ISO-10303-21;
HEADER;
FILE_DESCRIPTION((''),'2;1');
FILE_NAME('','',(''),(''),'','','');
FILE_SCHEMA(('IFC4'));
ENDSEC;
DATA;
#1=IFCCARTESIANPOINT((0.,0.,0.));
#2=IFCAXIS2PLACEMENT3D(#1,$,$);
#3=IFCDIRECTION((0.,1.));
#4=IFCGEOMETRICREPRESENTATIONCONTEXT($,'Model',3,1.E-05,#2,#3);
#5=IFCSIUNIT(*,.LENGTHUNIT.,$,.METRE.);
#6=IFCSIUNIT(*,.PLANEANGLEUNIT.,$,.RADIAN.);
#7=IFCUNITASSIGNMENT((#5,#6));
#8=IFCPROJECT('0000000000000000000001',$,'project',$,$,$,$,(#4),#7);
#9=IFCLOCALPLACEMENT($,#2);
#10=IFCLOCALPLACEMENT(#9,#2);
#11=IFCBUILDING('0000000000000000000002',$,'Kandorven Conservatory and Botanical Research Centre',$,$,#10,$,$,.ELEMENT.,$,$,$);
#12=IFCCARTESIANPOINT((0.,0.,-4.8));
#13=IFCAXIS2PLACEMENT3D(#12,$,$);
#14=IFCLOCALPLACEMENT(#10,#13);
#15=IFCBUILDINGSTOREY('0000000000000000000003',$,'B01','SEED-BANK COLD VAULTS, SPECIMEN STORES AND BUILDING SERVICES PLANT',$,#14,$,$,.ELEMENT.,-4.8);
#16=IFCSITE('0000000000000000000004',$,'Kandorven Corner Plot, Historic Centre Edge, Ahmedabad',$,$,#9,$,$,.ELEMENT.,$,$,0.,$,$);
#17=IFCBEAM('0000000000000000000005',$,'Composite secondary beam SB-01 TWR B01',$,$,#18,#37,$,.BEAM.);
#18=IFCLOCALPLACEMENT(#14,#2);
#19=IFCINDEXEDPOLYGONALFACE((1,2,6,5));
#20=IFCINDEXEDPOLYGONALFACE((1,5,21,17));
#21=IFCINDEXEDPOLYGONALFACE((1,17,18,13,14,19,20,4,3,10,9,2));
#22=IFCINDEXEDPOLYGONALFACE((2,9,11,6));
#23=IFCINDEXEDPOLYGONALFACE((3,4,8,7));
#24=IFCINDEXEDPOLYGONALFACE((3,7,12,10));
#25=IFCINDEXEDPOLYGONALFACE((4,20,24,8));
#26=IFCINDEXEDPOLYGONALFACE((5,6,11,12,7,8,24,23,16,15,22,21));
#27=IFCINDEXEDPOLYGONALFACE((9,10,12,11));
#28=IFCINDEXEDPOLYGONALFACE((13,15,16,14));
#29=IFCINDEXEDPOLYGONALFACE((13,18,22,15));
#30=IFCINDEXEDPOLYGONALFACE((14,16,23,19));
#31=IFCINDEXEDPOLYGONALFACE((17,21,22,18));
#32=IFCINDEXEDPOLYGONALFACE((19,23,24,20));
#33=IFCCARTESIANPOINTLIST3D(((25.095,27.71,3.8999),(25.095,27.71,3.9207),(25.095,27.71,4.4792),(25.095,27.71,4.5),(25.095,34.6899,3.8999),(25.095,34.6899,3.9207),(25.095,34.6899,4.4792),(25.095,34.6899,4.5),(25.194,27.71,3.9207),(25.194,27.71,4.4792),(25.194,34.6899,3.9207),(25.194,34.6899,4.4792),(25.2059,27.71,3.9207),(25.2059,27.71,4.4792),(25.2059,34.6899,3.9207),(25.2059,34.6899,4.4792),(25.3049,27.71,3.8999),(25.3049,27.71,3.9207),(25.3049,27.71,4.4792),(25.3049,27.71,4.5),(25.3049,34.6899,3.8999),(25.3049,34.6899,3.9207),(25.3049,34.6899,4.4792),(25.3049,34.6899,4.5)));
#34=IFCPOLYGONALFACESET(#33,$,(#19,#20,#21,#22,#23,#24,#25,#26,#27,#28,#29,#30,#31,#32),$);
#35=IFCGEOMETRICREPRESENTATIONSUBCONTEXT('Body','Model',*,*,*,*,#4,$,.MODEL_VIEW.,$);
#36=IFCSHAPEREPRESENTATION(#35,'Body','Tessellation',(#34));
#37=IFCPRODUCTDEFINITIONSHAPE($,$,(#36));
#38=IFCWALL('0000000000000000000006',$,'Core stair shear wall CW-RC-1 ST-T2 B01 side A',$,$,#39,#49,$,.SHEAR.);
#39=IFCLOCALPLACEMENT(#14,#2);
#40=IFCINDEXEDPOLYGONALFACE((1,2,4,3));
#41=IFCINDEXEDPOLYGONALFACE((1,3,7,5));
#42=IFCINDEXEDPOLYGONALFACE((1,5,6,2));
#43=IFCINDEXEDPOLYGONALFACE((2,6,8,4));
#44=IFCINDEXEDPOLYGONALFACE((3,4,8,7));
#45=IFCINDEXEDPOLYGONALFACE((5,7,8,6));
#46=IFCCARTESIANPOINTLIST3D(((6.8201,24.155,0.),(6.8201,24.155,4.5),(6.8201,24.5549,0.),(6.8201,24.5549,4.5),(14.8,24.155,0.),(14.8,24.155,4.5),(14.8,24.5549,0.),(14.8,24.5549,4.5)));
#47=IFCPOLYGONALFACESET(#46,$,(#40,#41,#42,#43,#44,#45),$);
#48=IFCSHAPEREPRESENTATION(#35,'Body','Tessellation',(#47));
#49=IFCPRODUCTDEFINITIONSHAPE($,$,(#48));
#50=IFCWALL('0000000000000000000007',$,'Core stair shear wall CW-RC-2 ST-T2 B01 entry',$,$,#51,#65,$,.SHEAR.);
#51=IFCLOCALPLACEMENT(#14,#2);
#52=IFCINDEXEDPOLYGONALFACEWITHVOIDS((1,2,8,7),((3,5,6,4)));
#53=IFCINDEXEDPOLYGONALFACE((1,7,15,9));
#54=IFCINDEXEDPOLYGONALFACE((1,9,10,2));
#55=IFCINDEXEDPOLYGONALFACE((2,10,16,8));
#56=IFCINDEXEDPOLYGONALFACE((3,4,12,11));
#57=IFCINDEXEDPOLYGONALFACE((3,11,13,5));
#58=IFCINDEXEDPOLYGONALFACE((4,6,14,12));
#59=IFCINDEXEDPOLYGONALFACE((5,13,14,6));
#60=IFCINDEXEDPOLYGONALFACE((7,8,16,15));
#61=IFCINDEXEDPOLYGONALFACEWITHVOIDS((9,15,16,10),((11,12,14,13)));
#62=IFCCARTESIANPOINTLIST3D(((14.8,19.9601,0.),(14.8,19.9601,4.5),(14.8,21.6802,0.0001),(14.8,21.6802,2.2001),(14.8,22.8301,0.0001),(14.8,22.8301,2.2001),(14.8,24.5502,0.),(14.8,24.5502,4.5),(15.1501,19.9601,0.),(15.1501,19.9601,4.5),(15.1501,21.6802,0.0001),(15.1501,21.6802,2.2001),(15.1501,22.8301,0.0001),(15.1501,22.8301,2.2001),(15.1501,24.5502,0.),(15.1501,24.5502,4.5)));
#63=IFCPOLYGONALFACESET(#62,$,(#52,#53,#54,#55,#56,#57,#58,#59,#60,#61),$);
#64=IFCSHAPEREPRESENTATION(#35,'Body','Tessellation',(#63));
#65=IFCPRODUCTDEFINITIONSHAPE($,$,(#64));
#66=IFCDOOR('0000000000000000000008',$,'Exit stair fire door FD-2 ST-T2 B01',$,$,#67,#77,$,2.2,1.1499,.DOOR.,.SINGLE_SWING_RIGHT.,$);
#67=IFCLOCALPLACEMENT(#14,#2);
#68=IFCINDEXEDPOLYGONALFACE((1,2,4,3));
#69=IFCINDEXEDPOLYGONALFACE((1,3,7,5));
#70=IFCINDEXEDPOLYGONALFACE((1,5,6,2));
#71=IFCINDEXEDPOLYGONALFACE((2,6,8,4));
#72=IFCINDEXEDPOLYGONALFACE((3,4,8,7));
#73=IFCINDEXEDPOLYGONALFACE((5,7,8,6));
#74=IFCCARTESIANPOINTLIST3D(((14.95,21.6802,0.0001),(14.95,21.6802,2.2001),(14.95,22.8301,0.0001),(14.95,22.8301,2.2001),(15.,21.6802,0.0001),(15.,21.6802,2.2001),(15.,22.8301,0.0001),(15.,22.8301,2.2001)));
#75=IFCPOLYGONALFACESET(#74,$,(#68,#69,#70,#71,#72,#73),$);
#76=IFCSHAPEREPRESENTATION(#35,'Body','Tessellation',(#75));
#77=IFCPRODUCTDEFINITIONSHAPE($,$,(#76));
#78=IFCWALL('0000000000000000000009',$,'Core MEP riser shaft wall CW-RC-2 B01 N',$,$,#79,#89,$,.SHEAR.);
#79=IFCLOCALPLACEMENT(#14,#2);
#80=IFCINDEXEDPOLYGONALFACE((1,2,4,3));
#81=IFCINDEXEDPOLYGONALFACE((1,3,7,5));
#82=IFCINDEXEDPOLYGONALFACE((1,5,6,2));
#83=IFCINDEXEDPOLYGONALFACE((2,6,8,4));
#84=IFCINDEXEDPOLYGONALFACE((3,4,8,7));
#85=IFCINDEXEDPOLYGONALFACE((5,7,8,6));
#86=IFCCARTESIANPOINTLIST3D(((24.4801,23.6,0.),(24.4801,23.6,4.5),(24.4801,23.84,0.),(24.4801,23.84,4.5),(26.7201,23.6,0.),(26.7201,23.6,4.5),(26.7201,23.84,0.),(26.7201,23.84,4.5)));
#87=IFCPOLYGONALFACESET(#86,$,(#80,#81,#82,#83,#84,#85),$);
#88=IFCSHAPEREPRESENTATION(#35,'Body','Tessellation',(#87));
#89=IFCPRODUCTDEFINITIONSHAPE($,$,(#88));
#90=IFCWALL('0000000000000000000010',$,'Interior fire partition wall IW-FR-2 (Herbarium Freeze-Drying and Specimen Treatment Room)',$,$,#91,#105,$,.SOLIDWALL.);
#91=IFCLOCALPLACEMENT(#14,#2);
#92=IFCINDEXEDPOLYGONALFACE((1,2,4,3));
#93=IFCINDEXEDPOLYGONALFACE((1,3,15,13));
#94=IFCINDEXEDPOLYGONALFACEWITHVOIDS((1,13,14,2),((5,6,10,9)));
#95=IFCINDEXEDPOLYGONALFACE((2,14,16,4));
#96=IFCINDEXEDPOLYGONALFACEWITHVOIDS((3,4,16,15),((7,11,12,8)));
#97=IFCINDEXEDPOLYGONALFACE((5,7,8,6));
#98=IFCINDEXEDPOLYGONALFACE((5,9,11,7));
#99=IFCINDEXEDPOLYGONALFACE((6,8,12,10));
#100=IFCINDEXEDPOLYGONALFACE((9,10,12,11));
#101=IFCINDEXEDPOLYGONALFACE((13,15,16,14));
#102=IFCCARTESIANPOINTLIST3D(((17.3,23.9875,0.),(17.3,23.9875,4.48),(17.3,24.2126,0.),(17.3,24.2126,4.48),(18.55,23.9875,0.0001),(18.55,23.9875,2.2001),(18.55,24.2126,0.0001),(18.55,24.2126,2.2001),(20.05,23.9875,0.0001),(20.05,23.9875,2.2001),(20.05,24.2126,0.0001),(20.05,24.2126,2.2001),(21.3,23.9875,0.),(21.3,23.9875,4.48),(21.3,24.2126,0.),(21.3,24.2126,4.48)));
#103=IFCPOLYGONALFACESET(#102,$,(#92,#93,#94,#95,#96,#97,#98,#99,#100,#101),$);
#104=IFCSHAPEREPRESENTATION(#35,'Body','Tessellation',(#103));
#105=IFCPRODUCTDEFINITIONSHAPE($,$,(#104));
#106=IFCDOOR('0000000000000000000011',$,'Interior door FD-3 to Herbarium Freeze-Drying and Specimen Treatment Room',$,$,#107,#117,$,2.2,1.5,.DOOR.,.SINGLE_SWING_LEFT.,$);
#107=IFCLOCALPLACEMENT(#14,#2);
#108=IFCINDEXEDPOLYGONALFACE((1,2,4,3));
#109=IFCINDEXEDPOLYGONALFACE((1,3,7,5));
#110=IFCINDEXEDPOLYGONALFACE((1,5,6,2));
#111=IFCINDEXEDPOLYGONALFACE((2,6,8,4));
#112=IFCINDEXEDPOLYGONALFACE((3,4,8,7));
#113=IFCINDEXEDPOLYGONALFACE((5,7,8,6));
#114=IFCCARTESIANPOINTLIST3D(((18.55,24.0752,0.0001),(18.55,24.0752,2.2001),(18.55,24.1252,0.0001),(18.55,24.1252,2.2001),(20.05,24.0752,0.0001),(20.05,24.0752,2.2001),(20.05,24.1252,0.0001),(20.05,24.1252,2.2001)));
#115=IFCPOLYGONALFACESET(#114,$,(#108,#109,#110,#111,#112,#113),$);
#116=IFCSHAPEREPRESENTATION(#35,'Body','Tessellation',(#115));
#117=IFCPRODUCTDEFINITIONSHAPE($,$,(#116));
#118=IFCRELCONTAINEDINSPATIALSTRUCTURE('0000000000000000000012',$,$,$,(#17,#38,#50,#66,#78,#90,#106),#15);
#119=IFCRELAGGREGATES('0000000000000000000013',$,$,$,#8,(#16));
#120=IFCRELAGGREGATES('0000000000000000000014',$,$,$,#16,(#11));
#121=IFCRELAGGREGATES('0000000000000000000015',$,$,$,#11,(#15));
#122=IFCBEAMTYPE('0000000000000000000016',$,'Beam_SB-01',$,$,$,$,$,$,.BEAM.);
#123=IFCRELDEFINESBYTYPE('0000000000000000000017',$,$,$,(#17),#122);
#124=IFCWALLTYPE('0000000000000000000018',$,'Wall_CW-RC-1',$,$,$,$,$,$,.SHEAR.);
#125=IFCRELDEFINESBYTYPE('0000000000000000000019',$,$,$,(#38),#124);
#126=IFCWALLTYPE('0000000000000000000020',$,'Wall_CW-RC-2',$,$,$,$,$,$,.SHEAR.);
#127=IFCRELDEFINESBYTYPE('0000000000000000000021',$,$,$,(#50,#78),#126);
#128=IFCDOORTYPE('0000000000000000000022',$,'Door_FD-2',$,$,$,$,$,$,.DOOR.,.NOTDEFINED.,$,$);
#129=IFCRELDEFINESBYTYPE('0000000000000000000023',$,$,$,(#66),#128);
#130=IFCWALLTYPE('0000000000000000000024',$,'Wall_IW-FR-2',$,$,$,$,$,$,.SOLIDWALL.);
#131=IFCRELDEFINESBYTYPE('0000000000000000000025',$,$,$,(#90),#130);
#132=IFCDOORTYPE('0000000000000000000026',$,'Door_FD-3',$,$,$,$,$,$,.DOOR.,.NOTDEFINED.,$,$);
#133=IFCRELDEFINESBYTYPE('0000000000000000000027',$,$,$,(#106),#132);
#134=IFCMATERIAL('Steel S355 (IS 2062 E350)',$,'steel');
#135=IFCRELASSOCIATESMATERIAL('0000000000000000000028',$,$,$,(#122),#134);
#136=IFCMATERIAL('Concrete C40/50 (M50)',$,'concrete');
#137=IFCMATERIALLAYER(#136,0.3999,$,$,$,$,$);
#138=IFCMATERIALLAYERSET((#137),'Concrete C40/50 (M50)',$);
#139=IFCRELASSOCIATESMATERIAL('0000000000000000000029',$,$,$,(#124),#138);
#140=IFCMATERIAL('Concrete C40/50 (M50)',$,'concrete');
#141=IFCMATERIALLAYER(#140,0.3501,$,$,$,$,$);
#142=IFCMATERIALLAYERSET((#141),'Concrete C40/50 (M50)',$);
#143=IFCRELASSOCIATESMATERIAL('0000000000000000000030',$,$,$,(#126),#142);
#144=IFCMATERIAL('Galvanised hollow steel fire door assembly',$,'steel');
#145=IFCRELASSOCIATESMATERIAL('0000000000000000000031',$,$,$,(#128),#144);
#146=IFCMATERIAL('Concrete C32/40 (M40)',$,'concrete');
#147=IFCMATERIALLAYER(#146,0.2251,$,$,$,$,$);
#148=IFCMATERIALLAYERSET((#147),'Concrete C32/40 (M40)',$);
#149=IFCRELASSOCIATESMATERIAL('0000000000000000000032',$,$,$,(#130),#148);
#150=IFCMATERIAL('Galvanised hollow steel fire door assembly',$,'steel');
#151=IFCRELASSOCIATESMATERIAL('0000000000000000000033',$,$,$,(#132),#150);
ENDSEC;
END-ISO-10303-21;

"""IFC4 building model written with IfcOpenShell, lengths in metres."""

from ifc_helpers import new_model, si_unit, direction, frame, frame_2d, origin, origin_2d, place, context, subcontext, project, spatial, rectangle, i_section, extrude, material, layer, layer_set, material_profile, profile_set, type_object, element, fill, save


model = new_model("IFC4")

# Units and contexts
model_context = context("Model", 3, precision=1e-05, world=origin(), true_north=direction((0.0, 1.0)))
body_context = subcontext(model_context, "Body", "Model", "MODEL_VIEW")
ifc_project = project(units=[si_unit("LENGTHUNIT", "METRE"), si_unit("PLANEANGLEUNIT", "RADIAN")], contexts=[model_context])

# Site, building, storey
site_placement = place(None, origin())
site = spatial("IfcSite", under=ifc_project, at=site_placement, Name="Kandorven Corner Plot, Historic Centre Edge, Ahmedabad", CompositionType="ELEMENT", RefElevation=0.0)
building_placement = place(site_placement, origin())
building = spatial("IfcBuilding", under=site, at=building_placement, Name="Kandorven Conservatory and Botanical Research Centre", CompositionType="ELEMENT")
storey_placement = place(building_placement, frame((0.0, 0.0, -4.8)))
storey = spatial("IfcBuildingStorey", under=building, at=storey_placement, Name="B01", Description="SEED-BANK COLD VAULTS, SPECIMEN STORES AND BUILDING SERVICES PLANT", CompositionType="ELEMENT", Elevation=-4.8)

# Beam
ifc_material_1 = material(Name="Steel S355 (IS 2062 E350)", Category="steel")
ifc_material_profile_1 = material_profile(ifc_material_1, i_section(OverallWidth=0.21, OverallDepth=0.6001, WebThickness=0.012, FlangeThickness=0.0208, at=origin_2d()))
ifc_profile_set_1 = profile_set([ifc_material_profile_1], Name="Steel S355 (IS 2062 E350)")
beam_type_1 = type_object("IfcBeamType", Name="Beam_SB-01", PredefinedType="BEAM", material=ifc_profile_set_1)
for number, where, z_axis, x_axis, name in (
    (1, (25.2, 27.71, 4.2), (0.0, 1.0, 0.0), (-1.0, 0.0, 0.0), "Composite secondary beam SB-01 TWR B01"),
):
    element("IfcBeam", number, at=place(storey_placement, frame(where, z_axis=z_axis, x_axis=x_axis)), inside=storey, type_object=beam_type_1, Name=name, PredefinedType="BEAM", context=body_context, shape_type="SweptSolid", body=[
        extrude(i_section(OverallWidth=0.21, OverallDepth=0.6001, WebThickness=0.012, FlangeThickness=0.0208, at=origin_2d()), origin(), (0.0, 0.0, 1.0), 6.98),
    ])

# Wall
ifc_material_2 = material(Name="Concrete C40/50 (M50)", Category="concrete")
ifc_layer_1 = layer(ifc_material_2, 0.3999)
ifc_layer_set_1 = layer_set([ifc_layer_1], Name="Concrete C40/50 (M50)")
wall_type_1 = type_object("IfcWallType", Name="Wall_CW-RC-1", PredefinedType="SHEAR", material=ifc_layer_set_1)
wall_1_placement = place(storey_placement, frame((14.8, 24.355, 0.0), z_axis=(0.0, 0.0, 1.0), x_axis=(-1.0, 0.0, 0.0)))
element("IfcWall", 2, at=wall_1_placement, inside=storey, type_object=wall_type_1, Name="Core stair shear wall CW-RC-1 ST-T2 B01 side A", PredefinedType="SHEAR", context=body_context, shape_type="SweptSolid", body=[
    extrude(rectangle(XDim=7.98, YDim=0.3999, at=frame_2d((3.99, 0.0))), origin(), (0.0, 0.0, 1.0), 4.5),
])

# Wall, opening, door
ifc_material_3 = material(Name="Concrete C40/50 (M50)", Category="concrete")
ifc_layer_2 = layer(ifc_material_3, 0.3501)
ifc_layer_set_2 = layer_set([ifc_layer_2], Name="Concrete C40/50 (M50)")
wall_type_2 = type_object("IfcWallType", Name="Wall_CW-RC-2", PredefinedType="SHEAR", material=ifc_layer_set_2)
wall_2_placement = place(storey_placement, frame((14.9751, 24.55, 0.0), z_axis=(0.0, 0.0, 1.0), x_axis=(0.0, -1.0, 0.0)))
wall_2 = element("IfcWall", 3, at=wall_2_placement, inside=storey, type_object=wall_type_2, Name="Core stair shear wall CW-RC-2 ST-T2 B01 entry", PredefinedType="SHEAR", context=body_context, shape_type="SweptSolid", body=[
    extrude(rectangle(XDim=4.5901, YDim=0.3501, at=frame_2d((2.2949, 0.0))), origin(), (0.0, 0.0, 1.0), 4.5),
])
opening_1_placement = place(wall_2_placement, frame((1.72, 0.0, 0.0)))
opening_1 = element("IfcOpeningElement", 4, at=opening_1_placement, cuts=wall_2, PredefinedType="OPENING", context=body_context, shape_type="SweptSolid", body=[
    extrude(rectangle(XDim=1.1499, YDim=2.2, at=frame_2d((0.575, 1.1001))), frame((0.0, 0.1851, 0.0), z_axis=(0.0, -1.0, 0.0), x_axis=(1.0, 0.0, 0.0)), (0.0, 0.0, 1.0), 0.3701),
])
ifc_material_4 = material(Name="Galvanised hollow steel fire door assembly", Category="steel")
door_type_1 = type_object("IfcDoorType", Name="Door_FD-2", OperationType="NOTDEFINED", PredefinedType="DOOR", material=ifc_material_4)
door_1_placement = place(opening_1_placement, origin())
door_1 = element("IfcDoor", 5, at=door_1_placement, inside=storey, type_object=door_type_1, Name="Exit stair fire door FD-2 ST-T2 B01", OperationType="SINGLE_SWING_RIGHT", OverallHeight=2.2, OverallWidth=1.1499, PredefinedType="DOOR", context=body_context, shape_type="SweptSolid", body=[
    extrude(rectangle(XDim=1.1499, YDim=2.2, at=frame_2d((0.575, 1.1001))), frame((0.0, 0.0249, 0.0), z_axis=(0.0, -1.0, 0.0), x_axis=(1.0, 0.0, 0.0)), (0.0, 0.0, 1.0), 0.05),
])
fill(opening_1, door_1)

# Wall
wall_3_placement = place(storey_placement, frame((24.48, 23.72, 0.0), z_axis=(0.0, 0.0, 1.0), x_axis=(1.0, 0.0, 0.0)))
element("IfcWall", 6, at=wall_3_placement, inside=storey, type_object=wall_type_2, Name="Core MEP riser shaft wall CW-RC-2 B01 N", PredefinedType="SHEAR", context=body_context, shape_type="SweptSolid", body=[
    extrude(rectangle(XDim=2.24, YDim=0.24, at=frame_2d((1.1201, 0.0))), origin(), (0.0, 0.0, 1.0), 4.5),
])

# Wall, opening, door
ifc_material_5 = material(Name="Concrete C32/40 (M40)", Category="concrete")
ifc_layer_3 = layer(ifc_material_5, 0.2251)
ifc_layer_set_3 = layer_set([ifc_layer_3], Name="Concrete C32/40 (M40)")
wall_type_3 = type_object("IfcWallType", Name="Wall_IW-FR-2", PredefinedType="SOLIDWALL", material=ifc_layer_set_3)
wall_4_placement = place(storey_placement, frame((17.3, 24.1001, 0.0), z_axis=(0.0, 0.0, 1.0), x_axis=(1.0, 0.0, 0.0)))
wall_4 = element("IfcWall", 7, at=wall_4_placement, inside=storey, type_object=wall_type_3, Name="Interior fire partition wall IW-FR-2 (Herbarium Freeze-Drying and Specimen Treatment Room)", PredefinedType="SOLIDWALL", context=body_context, shape_type="SweptSolid", body=[
    extrude(rectangle(XDim=4.0, YDim=0.2251, at=frame_2d((2.0, 0.0))), origin(), (0.0, 0.0, 1.0), 4.48),
])
opening_2_placement = place(wall_4_placement, frame((1.25, 0.0, 0.0)))
opening_2 = element("IfcOpeningElement", 8, at=opening_2_placement, cuts=wall_4, PredefinedType="OPENING", context=body_context, shape_type="SweptSolid", body=[
    extrude(rectangle(XDim=1.5, YDim=2.2, at=frame_2d((0.75, 1.1001))), frame((0.0, 0.1226, 0.0), z_axis=(0.0, -1.0, 0.0), x_axis=(1.0, 0.0, 0.0)), (0.0, 0.0, 1.0), 0.2451),
])
ifc_material_6 = material(Name="Galvanised hollow steel fire door assembly", Category="steel")
door_type_2 = type_object("IfcDoorType", Name="Door_FD-3", OperationType="NOTDEFINED", PredefinedType="DOOR", material=ifc_material_6)
door_2_placement = place(opening_2_placement, frame((1.5, 0.0, 0.0), z_axis=(0.0, 0.0, 1.0), x_axis=(-1.0, 0.0, 0.0)))
door_2 = element("IfcDoor", 9, at=door_2_placement, inside=storey, type_object=door_type_2, Name="Interior door FD-3 to Herbarium Freeze-Drying and Specimen Treatment Room", OperationType="SINGLE_SWING_LEFT", OverallHeight=2.2, OverallWidth=1.5, PredefinedType="DOOR", context=body_context, shape_type="SweptSolid", body=[
    extrude(rectangle(XDim=1.5, YDim=2.2, at=frame_2d((0.75, 1.1001))), frame((0.0, 0.0249, 0.0), z_axis=(0.0, -1.0, 0.0), x_axis=(1.0, 0.0, 0.0)), (0.0, 0.0, 1.0), 0.05),
])
fill(opening_2, door_2)

save(model, "model.ifc")
